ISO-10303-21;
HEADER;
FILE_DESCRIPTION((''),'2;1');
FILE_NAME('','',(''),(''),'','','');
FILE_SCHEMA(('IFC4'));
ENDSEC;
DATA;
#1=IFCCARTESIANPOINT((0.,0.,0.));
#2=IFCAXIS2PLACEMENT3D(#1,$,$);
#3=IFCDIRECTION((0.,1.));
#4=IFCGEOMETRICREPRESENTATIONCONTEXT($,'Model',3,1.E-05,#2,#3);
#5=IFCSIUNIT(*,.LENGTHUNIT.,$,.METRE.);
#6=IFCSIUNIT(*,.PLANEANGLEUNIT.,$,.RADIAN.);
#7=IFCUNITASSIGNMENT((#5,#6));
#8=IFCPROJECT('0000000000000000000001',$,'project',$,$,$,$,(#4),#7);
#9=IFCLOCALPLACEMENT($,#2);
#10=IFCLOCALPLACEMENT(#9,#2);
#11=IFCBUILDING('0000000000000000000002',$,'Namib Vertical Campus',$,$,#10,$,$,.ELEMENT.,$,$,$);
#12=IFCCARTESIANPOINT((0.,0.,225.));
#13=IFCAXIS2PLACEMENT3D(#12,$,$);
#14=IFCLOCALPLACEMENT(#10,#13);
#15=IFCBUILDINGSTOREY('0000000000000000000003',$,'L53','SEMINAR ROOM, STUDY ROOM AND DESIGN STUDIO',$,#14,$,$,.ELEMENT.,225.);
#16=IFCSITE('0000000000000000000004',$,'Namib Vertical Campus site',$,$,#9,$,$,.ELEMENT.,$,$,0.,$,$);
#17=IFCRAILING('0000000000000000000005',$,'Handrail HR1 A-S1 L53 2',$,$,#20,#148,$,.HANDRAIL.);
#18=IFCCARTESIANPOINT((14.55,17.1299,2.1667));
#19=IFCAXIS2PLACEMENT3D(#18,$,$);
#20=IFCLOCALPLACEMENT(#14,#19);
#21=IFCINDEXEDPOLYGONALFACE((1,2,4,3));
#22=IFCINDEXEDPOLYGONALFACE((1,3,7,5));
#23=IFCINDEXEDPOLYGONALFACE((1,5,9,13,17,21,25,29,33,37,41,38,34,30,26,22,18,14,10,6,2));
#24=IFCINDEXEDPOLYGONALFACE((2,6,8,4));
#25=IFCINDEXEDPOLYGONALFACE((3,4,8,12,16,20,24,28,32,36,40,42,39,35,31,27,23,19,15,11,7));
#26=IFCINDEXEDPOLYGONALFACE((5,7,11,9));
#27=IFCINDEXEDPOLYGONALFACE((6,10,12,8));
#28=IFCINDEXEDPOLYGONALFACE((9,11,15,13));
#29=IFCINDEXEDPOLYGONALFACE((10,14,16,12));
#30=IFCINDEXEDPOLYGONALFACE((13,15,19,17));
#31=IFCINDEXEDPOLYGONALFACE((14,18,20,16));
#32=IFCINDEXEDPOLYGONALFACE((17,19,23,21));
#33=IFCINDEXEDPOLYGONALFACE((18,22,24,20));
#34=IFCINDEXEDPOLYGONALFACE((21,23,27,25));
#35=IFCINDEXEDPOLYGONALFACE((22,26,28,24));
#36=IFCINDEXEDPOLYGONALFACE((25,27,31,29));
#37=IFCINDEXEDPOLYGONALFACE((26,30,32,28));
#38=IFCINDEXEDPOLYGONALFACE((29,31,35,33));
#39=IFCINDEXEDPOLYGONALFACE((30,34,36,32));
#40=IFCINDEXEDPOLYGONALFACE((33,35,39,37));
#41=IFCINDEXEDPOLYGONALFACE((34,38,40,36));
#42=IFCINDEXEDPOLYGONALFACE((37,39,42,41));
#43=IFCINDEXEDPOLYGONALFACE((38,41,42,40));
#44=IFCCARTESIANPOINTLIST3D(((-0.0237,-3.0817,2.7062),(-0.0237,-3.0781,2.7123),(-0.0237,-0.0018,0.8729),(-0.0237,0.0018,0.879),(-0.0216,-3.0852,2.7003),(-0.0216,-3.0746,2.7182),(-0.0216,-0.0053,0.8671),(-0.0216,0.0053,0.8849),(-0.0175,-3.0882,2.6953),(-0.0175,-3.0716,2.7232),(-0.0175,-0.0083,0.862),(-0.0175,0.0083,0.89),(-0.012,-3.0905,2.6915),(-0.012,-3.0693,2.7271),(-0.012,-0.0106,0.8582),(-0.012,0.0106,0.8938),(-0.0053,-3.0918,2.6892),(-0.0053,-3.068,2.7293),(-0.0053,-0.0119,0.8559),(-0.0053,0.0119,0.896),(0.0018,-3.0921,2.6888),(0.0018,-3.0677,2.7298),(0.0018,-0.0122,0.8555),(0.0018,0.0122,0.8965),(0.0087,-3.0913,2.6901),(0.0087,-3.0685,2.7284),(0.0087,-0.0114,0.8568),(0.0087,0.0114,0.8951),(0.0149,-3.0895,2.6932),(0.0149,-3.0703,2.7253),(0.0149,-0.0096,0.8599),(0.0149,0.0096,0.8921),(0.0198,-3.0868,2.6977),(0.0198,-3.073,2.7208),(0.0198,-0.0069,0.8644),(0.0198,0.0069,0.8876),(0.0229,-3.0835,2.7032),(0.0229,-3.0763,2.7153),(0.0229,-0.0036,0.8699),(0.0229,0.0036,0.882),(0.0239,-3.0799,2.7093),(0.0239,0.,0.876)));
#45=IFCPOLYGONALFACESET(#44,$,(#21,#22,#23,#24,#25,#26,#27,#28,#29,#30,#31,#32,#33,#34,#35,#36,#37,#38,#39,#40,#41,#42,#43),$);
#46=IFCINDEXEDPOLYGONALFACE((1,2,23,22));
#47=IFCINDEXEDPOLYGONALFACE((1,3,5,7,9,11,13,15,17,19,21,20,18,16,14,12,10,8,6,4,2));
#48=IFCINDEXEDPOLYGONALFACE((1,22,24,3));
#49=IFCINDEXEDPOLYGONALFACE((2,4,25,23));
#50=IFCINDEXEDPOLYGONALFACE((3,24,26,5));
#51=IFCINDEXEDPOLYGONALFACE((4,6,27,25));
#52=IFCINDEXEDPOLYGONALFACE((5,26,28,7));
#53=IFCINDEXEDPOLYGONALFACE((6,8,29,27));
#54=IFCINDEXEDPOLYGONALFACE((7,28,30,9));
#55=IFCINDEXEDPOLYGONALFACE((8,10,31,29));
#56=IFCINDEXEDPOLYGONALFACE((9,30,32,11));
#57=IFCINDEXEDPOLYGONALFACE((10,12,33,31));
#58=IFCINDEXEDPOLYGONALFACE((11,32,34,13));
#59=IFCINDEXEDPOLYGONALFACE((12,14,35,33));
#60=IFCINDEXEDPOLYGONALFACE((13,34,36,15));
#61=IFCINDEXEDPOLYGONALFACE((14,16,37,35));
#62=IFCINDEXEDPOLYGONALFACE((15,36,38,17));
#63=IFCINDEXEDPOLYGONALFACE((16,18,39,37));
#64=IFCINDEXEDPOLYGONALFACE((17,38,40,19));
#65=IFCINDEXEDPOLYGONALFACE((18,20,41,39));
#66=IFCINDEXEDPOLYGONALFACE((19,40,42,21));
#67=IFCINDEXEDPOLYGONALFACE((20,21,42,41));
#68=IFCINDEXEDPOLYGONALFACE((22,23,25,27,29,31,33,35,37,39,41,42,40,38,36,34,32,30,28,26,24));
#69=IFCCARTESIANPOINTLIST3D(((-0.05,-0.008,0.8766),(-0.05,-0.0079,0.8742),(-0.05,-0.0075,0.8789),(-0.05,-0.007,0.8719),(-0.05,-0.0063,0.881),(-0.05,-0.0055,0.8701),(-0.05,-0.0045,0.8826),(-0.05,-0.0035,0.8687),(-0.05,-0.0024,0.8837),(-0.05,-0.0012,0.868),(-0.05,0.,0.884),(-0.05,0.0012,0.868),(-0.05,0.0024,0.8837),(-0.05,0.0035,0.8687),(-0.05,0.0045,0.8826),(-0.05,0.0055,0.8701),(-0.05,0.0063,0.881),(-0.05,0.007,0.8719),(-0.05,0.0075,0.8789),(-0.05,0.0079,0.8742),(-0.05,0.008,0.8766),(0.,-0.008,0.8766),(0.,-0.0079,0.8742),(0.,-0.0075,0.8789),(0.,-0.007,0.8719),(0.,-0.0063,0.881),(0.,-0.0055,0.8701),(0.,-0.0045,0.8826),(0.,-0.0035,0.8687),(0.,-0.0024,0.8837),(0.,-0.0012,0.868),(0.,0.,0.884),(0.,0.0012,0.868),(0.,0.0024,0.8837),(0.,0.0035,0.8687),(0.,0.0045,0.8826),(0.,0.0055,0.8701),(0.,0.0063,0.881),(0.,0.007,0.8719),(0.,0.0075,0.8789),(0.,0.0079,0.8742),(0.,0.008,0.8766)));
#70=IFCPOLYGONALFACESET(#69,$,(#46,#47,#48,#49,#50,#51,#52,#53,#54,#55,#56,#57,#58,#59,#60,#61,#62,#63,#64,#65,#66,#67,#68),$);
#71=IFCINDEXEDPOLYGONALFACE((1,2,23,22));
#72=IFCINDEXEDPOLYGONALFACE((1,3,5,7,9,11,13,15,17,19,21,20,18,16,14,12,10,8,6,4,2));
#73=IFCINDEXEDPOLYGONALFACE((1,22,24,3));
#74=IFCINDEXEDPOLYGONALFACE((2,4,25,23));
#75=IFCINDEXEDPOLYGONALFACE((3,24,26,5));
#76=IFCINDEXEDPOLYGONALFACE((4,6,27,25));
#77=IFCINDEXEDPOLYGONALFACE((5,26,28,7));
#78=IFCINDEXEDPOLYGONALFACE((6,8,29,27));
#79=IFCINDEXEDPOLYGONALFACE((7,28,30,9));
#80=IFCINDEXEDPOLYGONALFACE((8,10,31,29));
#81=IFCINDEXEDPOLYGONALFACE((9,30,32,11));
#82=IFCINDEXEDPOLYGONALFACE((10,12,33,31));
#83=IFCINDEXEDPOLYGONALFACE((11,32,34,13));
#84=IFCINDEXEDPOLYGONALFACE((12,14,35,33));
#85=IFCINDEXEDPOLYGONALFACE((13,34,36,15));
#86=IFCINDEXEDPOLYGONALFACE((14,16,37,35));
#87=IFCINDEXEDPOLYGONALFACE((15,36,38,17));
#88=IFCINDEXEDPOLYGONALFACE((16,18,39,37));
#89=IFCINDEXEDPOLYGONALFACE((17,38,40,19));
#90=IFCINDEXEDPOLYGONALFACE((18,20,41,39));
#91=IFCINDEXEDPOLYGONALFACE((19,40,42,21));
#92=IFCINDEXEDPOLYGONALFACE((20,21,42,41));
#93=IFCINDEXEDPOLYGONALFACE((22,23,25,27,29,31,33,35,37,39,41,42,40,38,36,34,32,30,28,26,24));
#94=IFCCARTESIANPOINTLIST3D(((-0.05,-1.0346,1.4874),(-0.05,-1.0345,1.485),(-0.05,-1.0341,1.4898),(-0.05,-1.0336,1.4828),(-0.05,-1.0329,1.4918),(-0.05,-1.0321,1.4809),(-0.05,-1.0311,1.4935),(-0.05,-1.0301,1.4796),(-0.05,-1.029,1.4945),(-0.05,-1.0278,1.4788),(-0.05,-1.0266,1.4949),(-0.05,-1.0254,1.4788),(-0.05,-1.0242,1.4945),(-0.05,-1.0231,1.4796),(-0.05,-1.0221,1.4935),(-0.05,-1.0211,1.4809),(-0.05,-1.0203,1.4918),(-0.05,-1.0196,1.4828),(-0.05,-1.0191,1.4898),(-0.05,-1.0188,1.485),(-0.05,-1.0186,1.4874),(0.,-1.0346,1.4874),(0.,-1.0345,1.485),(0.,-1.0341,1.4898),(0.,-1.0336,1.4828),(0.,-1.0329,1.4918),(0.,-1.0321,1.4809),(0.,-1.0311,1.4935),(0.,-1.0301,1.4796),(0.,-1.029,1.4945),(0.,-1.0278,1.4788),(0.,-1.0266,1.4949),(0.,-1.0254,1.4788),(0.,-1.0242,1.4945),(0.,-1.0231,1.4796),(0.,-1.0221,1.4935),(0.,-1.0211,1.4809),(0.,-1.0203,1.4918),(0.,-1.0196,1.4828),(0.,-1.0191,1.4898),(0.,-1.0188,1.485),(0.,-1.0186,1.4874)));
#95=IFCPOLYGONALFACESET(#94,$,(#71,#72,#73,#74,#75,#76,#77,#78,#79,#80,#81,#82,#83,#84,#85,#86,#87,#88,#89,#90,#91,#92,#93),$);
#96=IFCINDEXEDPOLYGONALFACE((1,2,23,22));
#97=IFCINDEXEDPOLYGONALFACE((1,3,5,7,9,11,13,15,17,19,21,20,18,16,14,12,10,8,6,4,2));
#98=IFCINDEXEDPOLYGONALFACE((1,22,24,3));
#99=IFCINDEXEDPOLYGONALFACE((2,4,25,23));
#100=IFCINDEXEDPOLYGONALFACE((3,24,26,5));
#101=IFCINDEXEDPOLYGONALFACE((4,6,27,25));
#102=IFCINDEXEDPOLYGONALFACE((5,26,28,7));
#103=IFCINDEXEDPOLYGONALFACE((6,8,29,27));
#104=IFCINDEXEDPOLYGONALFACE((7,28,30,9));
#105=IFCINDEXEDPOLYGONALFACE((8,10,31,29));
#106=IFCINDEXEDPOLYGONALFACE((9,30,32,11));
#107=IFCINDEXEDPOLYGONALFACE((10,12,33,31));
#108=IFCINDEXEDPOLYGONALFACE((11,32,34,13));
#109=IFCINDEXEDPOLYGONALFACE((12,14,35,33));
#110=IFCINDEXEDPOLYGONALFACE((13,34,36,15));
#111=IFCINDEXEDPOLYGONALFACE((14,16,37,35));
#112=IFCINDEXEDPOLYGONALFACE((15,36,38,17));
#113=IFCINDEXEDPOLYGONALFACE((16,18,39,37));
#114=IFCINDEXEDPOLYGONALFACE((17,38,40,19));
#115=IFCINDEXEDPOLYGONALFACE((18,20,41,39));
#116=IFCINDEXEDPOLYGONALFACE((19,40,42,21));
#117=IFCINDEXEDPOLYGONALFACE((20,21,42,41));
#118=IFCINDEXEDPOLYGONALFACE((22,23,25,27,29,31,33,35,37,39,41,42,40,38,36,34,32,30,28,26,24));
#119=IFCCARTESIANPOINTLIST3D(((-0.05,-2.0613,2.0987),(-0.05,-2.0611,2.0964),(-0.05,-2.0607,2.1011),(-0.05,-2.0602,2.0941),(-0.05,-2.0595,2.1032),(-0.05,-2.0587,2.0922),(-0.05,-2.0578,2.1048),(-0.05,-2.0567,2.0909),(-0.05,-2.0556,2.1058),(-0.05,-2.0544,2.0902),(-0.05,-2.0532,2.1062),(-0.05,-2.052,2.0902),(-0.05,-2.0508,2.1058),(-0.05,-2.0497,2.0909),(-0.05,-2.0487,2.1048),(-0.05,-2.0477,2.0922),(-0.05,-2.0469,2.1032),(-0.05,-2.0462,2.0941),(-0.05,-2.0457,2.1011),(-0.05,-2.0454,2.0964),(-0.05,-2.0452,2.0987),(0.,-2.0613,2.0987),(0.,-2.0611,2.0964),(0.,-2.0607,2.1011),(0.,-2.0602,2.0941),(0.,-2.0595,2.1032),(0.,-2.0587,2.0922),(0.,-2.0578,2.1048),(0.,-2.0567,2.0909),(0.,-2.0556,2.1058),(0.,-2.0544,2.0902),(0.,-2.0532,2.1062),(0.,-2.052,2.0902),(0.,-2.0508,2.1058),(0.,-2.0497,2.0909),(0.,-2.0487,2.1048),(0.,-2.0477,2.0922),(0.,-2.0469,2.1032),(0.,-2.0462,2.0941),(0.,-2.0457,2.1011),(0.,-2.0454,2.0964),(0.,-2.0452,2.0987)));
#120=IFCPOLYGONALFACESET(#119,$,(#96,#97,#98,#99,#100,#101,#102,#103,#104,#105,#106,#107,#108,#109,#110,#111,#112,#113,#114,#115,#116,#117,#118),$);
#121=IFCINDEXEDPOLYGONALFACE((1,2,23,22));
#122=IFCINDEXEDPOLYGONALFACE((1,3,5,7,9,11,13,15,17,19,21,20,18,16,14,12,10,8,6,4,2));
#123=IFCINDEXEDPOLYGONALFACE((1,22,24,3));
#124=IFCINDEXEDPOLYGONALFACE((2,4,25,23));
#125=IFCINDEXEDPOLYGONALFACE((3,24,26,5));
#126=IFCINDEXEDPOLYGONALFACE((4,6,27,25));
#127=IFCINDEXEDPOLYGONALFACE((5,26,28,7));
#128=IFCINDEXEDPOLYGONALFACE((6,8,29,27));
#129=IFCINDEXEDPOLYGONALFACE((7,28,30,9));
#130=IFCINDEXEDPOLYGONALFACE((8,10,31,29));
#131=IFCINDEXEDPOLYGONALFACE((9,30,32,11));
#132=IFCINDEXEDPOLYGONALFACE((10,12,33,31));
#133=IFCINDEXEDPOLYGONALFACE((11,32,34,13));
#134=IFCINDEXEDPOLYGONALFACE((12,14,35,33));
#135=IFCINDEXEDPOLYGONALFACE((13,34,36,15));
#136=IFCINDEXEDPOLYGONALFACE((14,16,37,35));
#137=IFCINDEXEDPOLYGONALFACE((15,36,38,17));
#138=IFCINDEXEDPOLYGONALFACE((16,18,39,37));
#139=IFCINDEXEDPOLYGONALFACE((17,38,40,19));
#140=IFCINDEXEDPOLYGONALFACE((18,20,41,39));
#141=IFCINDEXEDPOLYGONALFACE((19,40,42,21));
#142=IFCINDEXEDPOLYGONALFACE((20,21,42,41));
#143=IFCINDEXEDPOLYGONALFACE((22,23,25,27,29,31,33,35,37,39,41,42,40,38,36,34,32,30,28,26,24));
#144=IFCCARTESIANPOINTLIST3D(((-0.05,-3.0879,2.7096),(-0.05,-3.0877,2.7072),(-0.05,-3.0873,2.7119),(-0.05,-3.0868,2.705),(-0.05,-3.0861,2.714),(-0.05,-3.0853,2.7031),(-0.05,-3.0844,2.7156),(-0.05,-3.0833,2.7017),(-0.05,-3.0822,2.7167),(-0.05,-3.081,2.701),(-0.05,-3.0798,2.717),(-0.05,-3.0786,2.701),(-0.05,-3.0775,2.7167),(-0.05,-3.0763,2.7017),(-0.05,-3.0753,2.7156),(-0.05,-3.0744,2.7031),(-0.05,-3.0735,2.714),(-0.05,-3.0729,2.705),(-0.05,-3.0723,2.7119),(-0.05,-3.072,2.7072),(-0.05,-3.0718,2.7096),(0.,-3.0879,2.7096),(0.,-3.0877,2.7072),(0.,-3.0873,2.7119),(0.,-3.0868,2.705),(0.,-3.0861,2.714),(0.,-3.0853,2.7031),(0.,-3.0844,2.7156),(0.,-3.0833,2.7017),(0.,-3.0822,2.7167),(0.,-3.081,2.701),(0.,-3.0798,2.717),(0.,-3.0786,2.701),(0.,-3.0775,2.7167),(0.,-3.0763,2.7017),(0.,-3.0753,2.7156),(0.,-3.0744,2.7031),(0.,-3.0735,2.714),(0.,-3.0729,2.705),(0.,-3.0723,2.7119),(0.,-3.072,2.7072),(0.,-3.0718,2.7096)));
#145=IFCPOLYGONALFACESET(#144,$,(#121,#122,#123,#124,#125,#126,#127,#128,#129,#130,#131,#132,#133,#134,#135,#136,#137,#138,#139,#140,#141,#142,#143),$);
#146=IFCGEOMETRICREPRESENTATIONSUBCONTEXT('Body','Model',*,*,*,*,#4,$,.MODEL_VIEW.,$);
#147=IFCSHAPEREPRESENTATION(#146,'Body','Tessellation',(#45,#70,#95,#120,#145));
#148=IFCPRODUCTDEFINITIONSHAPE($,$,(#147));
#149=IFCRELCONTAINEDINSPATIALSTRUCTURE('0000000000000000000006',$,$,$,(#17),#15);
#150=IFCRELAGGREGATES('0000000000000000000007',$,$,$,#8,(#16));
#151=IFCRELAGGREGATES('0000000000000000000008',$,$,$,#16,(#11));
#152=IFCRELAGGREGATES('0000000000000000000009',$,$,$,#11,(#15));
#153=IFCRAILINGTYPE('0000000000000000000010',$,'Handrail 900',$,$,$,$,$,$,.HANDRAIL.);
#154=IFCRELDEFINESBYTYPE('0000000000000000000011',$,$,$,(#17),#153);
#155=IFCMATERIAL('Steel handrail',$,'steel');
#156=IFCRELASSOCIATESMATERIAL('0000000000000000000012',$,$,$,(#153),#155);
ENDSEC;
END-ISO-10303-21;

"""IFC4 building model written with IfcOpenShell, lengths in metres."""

from ifc_helpers import new_model, si_unit, direction, frame, origin, origin_2d, place, context, subcontext, project, spatial, circle, extrude, material, type_object, element, save


model = new_model("IFC4")

# Units and contexts
model_context = context("Model", 3, precision=1e-05, world=origin(), true_north=direction((0.0, 1.0)))
body_context = subcontext(model_context, "Body", "Model", "MODEL_VIEW")
ifc_project = project(units=[si_unit("LENGTHUNIT", "METRE"), si_unit("PLANEANGLEUNIT", "RADIAN")], contexts=[model_context])

# Site, building, storey
site_placement = place(None, origin())
site = spatial("IfcSite", under=ifc_project, at=site_placement, Name="Namib Vertical Campus site", CompositionType="ELEMENT", RefElevation=0.0)
building_placement = place(site_placement, origin())
building = spatial("IfcBuilding", under=site, at=building_placement, Name="Namib Vertical Campus", CompositionType="ELEMENT")
storey_placement = place(building_placement, frame((0.0, 0.0, 225.0)))
storey = spatial("IfcBuildingStorey", under=building, at=storey_placement, Name="L53", Description="SEMINAR ROOM, STUDY ROOM AND DESIGN STUDIO", CompositionType="ELEMENT", Elevation=225.0)

# Railing
ifc_material_1 = material(Name="Steel handrail", Category="steel")
railing_type = type_object("IfcRailingType", Name="Handrail 900", PredefinedType="HANDRAIL", material=ifc_material_1)
railing_1_placement = place(storey_placement, frame((14.55, 17.1299, 2.1667)))
element("IfcRailing", 1, at=railing_1_placement, inside=storey, type_object=railing_type, Name="Handrail HR1 A-S1 L53 2", PredefinedType="HANDRAIL", context=body_context, shape_type="SweptSolid", body=[
    extrude(circle(Radius=0.0239, at=origin_2d()), frame((0.0, 0.0, 0.876), z_axis=(0.0, -0.859291, 0.511487), x_axis=(1.0, 0.0, 0.0)), (0.0, 0.0, 1.0), 3.5842),
    extrude(circle(Radius=0.0081, at=origin_2d()), frame((0.0, 0.0, 0.876), z_axis=(-1.0, 0.0, 0.0), x_axis=(0.0, 0.0, 1.0)), (0.0, 0.0, 1.0), 0.05),
    extrude(circle(Radius=0.0081, at=origin_2d()), frame((0.0, -1.0266, 1.4868), z_axis=(-1.0, 0.0, 0.0), x_axis=(0.0, 0.0, 1.0)), (0.0, 0.0, 1.0), 0.05),
    extrude(circle(Radius=0.0081, at=origin_2d()), frame((0.0, -2.0532, 2.0981), z_axis=(-1.0, 0.0, 0.0), x_axis=(0.0, 0.0, 1.0)), (0.0, 0.0, 1.0), 0.05),
    extrude(circle(Radius=0.0081, at=origin_2d()), frame((0.0, -3.0798, 2.709), z_axis=(-1.0, 0.0, 0.0), x_axis=(0.0, 0.0, 1.0)), (0.0, 0.0, 1.0), 0.05),
])

save(model, "model.ifc")
